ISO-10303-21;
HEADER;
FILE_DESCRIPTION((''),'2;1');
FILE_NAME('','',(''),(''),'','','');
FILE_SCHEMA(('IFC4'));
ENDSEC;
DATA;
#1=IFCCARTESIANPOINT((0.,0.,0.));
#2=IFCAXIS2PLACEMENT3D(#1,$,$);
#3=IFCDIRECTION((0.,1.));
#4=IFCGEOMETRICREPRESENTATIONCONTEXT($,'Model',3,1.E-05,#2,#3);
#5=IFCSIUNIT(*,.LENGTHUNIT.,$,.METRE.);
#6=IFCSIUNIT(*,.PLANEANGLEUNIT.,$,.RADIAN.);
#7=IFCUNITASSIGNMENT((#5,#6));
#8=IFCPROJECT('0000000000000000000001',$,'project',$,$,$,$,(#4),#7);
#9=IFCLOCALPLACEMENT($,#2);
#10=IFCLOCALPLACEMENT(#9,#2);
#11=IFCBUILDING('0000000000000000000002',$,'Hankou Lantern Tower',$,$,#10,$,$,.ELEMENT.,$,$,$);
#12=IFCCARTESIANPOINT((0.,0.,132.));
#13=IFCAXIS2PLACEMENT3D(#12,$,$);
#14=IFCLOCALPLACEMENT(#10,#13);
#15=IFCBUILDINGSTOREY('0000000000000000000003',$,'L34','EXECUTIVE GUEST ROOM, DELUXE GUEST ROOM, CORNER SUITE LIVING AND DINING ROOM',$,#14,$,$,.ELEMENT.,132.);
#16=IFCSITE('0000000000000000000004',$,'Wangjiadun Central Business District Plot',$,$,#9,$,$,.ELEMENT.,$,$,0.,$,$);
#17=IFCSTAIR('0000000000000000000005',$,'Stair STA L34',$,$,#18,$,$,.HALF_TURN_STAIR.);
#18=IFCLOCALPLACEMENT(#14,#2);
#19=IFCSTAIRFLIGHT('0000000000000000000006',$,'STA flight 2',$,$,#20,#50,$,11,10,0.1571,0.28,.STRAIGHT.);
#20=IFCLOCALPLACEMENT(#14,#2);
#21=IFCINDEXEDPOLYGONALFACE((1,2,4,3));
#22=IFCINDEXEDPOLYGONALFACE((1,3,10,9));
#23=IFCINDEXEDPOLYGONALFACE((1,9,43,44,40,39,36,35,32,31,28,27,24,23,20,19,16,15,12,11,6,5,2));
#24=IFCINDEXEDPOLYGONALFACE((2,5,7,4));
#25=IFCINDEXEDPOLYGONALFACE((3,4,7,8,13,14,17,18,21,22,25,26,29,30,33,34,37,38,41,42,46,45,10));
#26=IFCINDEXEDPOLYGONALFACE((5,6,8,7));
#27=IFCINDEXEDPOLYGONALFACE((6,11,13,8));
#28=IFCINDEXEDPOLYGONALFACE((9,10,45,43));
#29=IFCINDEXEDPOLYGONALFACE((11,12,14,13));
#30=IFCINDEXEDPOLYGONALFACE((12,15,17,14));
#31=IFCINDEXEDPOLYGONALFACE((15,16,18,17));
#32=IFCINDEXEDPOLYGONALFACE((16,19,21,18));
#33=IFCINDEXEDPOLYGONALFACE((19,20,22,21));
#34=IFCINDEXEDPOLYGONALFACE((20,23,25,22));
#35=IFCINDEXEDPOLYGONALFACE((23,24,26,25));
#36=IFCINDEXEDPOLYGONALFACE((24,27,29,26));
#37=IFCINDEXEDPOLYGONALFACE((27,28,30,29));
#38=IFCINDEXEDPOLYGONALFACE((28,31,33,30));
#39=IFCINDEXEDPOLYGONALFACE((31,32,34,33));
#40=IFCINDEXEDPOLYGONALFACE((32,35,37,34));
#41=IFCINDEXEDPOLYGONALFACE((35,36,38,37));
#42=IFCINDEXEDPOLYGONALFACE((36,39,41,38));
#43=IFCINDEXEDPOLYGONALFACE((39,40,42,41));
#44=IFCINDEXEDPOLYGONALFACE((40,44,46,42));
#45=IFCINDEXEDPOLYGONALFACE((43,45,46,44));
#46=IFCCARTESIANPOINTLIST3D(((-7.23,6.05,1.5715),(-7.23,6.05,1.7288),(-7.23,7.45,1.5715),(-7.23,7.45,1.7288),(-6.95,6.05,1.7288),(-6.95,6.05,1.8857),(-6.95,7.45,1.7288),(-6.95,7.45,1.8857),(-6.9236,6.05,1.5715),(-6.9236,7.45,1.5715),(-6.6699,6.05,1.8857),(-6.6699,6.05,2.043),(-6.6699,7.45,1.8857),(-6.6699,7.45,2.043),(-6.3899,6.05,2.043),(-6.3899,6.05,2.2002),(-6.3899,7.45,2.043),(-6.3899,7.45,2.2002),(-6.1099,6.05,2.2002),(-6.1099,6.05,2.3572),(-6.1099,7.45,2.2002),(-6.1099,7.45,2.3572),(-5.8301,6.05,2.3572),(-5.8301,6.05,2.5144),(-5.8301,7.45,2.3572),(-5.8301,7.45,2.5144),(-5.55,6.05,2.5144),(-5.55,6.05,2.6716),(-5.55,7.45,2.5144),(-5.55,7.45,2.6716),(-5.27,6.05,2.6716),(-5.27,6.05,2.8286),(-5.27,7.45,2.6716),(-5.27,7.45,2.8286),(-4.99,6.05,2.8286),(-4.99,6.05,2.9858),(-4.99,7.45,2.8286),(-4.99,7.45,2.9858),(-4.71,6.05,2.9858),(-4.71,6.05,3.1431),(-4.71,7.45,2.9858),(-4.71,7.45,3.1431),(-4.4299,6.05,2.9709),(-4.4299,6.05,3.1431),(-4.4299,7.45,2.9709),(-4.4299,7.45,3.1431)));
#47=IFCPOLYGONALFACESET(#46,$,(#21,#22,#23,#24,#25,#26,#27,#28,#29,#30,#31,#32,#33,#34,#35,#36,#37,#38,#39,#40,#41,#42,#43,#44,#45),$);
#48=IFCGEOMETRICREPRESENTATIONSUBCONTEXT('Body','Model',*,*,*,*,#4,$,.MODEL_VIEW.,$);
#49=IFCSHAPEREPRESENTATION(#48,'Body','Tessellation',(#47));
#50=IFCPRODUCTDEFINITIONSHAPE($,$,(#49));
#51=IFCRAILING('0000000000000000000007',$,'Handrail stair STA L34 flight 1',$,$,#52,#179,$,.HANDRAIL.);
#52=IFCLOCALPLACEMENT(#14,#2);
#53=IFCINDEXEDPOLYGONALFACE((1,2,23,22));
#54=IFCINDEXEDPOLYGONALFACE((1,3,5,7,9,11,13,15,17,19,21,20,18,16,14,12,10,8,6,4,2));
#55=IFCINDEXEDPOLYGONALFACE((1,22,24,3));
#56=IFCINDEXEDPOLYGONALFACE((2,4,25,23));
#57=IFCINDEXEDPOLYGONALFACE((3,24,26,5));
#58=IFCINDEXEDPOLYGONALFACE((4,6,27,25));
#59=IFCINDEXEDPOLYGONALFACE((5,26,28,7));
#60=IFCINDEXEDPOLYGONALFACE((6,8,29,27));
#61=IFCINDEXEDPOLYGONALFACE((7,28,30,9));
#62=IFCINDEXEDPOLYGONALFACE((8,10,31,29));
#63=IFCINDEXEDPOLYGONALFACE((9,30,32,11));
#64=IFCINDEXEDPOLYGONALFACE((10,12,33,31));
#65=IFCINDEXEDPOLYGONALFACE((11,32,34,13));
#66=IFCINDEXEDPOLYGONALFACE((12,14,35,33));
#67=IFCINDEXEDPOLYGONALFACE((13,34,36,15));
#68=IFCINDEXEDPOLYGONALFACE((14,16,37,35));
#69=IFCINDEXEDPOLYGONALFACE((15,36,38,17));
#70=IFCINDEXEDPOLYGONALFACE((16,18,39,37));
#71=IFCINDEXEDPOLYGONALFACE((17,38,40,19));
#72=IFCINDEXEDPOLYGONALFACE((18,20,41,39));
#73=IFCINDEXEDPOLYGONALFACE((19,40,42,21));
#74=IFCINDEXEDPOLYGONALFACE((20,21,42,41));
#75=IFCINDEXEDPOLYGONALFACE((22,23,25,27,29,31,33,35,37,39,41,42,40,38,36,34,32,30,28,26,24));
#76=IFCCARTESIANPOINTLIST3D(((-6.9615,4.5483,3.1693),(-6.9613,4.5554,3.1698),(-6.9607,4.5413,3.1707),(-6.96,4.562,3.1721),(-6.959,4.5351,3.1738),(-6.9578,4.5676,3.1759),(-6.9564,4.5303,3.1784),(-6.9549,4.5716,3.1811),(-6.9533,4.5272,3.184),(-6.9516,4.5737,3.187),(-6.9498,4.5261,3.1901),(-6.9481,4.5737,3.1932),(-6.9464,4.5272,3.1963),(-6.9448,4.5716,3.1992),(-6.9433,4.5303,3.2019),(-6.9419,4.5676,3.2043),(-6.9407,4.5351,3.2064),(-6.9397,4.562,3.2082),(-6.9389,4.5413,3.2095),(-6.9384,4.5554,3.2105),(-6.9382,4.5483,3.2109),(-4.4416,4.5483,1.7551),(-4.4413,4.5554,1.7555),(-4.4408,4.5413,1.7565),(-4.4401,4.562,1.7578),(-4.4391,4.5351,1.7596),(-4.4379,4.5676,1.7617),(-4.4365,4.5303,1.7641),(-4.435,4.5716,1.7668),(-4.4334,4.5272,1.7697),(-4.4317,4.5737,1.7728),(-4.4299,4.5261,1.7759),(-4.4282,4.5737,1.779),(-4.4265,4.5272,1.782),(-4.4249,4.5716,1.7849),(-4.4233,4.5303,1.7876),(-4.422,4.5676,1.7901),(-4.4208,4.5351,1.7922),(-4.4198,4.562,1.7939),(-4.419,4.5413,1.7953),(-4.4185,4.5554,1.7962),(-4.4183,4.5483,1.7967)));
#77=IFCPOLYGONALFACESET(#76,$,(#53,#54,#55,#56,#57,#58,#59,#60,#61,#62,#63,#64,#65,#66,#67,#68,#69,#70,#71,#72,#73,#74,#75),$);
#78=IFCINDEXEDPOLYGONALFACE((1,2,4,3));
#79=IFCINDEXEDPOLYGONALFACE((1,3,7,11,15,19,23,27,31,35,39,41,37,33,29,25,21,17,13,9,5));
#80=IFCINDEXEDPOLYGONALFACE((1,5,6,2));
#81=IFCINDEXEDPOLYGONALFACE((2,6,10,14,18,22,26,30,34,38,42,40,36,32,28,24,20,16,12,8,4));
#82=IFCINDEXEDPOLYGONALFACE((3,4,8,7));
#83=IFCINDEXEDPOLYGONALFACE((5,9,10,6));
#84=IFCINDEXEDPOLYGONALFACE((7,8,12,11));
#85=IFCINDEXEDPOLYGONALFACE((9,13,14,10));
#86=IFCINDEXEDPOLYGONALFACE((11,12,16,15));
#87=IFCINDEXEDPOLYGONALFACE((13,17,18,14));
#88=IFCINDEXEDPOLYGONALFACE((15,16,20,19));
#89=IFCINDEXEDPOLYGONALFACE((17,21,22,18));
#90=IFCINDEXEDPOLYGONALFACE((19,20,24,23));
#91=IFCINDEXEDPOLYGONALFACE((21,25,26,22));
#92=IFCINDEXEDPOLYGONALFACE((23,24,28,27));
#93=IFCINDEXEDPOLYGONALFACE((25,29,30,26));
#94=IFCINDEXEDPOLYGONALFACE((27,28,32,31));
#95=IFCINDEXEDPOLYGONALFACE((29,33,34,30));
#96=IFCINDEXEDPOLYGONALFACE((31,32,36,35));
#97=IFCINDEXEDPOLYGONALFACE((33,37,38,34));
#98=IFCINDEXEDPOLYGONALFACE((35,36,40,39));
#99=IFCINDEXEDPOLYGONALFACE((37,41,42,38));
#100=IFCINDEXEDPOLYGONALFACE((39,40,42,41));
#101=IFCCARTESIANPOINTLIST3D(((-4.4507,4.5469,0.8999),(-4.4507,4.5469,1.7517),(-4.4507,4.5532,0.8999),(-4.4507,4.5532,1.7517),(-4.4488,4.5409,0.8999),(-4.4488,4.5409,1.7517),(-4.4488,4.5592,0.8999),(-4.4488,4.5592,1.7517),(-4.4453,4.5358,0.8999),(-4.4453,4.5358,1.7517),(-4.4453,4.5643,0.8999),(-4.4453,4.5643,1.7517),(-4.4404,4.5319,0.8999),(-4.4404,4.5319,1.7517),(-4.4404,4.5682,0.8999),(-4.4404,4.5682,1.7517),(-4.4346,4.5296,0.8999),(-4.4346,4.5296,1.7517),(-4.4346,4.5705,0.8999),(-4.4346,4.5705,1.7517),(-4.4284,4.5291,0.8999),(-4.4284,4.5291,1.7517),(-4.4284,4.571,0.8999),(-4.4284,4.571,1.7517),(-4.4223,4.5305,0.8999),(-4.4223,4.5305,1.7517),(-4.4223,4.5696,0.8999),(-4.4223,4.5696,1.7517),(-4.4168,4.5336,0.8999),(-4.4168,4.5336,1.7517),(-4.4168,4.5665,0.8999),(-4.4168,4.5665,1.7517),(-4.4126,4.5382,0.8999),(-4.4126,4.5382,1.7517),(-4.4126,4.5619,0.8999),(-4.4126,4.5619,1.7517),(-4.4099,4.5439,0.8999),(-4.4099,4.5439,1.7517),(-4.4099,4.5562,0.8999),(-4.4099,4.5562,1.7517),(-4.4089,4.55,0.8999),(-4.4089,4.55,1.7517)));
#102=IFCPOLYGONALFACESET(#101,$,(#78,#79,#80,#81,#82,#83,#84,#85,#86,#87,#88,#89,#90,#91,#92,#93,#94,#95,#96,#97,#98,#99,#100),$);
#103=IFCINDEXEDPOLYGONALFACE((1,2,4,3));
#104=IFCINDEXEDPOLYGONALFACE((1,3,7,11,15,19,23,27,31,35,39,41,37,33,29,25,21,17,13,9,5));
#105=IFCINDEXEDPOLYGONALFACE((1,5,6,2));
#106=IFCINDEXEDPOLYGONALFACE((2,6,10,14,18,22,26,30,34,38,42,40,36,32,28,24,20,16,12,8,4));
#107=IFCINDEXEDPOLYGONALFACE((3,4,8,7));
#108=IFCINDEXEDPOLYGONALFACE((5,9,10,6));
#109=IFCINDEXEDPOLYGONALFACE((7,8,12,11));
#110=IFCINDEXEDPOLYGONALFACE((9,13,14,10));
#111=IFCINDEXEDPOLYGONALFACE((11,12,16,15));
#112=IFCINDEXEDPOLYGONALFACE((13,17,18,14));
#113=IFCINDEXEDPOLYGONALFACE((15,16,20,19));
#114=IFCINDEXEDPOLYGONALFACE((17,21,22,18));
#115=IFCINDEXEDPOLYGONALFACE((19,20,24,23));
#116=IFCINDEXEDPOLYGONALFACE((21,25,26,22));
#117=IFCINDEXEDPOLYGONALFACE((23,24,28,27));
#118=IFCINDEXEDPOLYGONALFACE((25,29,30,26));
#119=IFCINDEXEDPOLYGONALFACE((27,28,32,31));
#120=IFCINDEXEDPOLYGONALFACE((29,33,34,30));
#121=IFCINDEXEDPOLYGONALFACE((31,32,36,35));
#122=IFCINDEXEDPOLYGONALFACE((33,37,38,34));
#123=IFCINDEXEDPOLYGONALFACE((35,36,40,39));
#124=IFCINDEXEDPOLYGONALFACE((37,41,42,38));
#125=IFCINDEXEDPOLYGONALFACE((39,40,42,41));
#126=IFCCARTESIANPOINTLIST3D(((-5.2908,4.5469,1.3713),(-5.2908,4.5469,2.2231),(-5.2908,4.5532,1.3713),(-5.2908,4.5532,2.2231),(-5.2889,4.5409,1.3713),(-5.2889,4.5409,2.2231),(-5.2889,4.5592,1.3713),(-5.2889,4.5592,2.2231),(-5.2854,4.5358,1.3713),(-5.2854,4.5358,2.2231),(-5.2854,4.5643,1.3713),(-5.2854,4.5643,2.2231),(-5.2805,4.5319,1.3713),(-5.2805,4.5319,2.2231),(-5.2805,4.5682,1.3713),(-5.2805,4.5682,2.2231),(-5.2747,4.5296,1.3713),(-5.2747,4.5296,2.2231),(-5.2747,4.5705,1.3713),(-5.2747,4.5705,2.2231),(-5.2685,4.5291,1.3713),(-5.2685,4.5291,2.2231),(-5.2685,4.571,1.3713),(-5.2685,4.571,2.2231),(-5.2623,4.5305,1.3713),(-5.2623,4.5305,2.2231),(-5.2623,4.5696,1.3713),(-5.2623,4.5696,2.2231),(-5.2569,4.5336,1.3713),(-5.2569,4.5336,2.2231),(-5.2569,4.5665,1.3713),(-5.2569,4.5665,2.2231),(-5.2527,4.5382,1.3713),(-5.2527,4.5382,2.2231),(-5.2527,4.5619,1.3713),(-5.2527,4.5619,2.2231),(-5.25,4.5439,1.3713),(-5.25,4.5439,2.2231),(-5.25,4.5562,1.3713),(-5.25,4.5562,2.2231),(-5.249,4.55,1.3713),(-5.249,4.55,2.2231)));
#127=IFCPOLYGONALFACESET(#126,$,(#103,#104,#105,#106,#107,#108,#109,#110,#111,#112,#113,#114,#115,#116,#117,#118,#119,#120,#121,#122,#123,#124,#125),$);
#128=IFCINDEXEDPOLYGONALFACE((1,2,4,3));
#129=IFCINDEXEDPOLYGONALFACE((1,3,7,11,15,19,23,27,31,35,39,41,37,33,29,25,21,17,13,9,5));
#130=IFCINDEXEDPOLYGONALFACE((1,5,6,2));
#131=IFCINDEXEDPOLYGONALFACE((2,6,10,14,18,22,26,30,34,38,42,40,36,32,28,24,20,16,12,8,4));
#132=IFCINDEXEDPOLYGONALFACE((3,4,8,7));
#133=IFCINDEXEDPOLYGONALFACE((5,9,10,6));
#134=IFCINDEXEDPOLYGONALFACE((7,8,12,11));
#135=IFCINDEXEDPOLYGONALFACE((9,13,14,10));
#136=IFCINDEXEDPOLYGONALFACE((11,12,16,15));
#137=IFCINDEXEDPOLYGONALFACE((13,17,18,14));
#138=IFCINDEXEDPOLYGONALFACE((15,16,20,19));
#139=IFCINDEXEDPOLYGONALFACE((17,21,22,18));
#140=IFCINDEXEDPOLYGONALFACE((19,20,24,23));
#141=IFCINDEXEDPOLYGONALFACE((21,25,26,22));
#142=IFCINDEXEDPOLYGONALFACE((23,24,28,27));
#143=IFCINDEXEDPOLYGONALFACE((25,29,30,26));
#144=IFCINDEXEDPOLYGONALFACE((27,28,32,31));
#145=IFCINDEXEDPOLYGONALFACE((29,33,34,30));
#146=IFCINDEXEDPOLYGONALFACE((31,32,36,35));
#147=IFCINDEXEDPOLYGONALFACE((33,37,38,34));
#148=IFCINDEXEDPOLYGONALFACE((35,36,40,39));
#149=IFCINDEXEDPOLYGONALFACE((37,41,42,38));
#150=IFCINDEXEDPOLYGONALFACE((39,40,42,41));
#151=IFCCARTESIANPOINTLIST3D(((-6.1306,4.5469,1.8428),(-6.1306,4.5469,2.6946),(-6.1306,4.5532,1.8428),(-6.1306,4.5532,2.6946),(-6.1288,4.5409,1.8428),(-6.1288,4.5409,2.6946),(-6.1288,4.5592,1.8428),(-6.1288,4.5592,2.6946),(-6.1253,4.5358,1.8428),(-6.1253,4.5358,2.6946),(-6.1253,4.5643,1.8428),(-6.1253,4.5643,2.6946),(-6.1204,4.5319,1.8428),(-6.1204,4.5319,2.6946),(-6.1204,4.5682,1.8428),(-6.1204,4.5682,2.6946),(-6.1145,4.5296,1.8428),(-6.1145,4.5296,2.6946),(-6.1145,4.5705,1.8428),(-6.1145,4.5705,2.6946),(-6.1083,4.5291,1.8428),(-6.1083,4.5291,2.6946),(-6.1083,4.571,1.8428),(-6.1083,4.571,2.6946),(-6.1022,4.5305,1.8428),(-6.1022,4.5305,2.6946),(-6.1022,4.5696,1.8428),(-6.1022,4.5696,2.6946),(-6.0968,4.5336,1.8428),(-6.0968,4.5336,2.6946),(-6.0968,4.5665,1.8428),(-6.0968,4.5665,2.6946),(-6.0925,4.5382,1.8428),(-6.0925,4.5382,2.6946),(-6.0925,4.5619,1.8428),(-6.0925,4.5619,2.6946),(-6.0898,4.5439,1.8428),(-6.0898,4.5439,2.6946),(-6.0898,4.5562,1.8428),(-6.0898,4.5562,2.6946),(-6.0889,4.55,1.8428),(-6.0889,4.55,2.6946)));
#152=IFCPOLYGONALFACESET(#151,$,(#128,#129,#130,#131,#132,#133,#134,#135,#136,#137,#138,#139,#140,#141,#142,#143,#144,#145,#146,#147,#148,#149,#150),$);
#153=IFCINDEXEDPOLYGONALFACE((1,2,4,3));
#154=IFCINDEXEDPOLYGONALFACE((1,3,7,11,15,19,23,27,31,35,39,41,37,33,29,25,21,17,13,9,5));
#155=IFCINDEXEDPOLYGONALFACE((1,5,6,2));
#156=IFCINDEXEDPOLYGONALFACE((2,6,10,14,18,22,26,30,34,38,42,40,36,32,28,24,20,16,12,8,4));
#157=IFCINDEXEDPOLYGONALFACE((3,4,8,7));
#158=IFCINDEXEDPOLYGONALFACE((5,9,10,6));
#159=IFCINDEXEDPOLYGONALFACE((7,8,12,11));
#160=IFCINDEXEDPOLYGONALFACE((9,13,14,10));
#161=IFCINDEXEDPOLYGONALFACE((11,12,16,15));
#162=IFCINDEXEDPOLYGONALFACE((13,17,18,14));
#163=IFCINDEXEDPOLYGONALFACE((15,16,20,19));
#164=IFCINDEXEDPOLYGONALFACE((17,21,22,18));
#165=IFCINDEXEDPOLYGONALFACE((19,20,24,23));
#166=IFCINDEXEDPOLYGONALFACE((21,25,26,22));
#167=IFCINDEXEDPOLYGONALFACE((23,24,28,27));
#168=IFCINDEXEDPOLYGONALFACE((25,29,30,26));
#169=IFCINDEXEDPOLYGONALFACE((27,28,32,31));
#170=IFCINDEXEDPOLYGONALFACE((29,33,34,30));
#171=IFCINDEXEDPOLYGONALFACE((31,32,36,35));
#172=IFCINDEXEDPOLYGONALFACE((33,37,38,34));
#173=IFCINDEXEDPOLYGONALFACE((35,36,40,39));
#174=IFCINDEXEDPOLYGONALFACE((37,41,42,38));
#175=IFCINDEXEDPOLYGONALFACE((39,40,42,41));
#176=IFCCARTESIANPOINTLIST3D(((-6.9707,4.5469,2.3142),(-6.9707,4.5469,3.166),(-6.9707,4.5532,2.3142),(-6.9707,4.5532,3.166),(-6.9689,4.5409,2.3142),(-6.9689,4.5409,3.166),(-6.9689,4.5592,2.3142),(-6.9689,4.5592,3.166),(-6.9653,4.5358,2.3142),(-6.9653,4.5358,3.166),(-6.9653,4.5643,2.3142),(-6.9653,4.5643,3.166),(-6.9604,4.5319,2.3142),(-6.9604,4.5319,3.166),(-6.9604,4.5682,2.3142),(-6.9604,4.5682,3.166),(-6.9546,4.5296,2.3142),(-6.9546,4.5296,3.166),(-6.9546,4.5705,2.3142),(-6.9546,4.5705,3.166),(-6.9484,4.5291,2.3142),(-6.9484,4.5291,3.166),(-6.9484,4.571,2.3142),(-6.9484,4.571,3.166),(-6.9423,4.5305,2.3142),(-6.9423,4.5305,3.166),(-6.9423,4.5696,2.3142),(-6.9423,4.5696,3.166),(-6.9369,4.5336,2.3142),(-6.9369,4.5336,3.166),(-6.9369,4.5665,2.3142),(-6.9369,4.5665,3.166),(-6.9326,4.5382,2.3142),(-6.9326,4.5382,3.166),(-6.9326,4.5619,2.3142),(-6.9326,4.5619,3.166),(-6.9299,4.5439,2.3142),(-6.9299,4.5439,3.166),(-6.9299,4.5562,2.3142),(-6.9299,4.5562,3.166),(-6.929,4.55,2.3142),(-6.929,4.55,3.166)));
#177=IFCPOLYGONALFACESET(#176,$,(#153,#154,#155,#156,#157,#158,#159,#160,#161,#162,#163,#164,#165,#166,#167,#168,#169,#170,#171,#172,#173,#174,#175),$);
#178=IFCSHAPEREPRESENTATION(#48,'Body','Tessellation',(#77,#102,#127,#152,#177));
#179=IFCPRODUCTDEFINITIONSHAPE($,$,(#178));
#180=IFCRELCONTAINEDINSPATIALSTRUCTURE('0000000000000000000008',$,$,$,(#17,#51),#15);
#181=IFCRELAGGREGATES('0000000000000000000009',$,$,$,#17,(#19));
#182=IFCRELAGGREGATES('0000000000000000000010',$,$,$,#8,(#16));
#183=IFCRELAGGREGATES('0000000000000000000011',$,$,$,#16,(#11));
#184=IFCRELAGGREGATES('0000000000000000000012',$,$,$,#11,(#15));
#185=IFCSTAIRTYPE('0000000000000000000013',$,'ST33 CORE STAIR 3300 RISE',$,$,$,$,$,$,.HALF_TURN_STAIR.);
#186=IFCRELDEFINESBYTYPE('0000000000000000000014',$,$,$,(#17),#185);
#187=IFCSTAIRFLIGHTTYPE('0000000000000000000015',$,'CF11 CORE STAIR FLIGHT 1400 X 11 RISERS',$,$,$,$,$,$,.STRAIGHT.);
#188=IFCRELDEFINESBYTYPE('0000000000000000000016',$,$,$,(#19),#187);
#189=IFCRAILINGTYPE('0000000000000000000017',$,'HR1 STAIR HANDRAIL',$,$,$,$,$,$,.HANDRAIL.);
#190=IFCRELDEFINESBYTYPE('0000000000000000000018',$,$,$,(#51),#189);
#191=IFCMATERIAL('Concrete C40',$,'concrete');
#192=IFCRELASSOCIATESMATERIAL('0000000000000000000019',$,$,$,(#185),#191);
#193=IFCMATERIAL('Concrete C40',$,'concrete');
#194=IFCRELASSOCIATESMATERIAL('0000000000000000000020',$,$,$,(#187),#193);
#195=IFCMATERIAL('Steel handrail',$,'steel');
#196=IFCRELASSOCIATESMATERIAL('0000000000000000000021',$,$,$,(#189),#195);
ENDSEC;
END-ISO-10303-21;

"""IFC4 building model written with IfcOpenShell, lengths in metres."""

from ifc_helpers import new_model, si_unit, direction, frame, origin, origin_2d, place, context, subcontext, project, spatial, polyline, circle, outline, extrude, material, type_object, element, aggregate, save


model = new_model("IFC4")

# Units and contexts
model_context = context("Model", 3, precision=1e-05, world=origin(), true_north=direction((0.0, 1.0)))
body_context = subcontext(model_context, "Body", "Model", "MODEL_VIEW")
ifc_project = project(units=[si_unit("LENGTHUNIT", "METRE"), si_unit("PLANEANGLEUNIT", "RADIAN")], contexts=[model_context])

# Site, building, storey
site_placement = place(None, origin())
site = spatial("IfcSite", under=ifc_project, at=site_placement, Name="Wangjiadun Central Business District Plot", CompositionType="ELEMENT", RefElevation=0.0)
building_placement = place(site_placement, origin())
building = spatial("IfcBuilding", under=site, at=building_placement, Name="Hankou Lantern Tower", CompositionType="ELEMENT")
storey_placement = place(building_placement, frame((0.0, 0.0, 132.0)))
storey = spatial("IfcBuildingStorey", under=building, at=storey_placement, Name="L34", Description="EXECUTIVE GUEST ROOM, DELUXE GUEST ROOM, CORNER SUITE LIVING AND DINING ROOM", CompositionType="ELEMENT", Elevation=132.0)

# Stair, stair flight
ifc_material_1 = material(Name="Concrete C40", Category="concrete")
stair_type = type_object("IfcStairType", Name="ST33 CORE STAIR 3300 RISE", PredefinedType="HALF_TURN_STAIR", material=ifc_material_1)
stair_placement = place(storey_placement, origin())
stair = element("IfcStair", 1, at=stair_placement, inside=storey, type_object=stair_type, Name="Stair STA L34", PredefinedType="HALF_TURN_STAIR")
ifc_material_2 = material(Name="Concrete C40", Category="concrete")
stair_flight_type_1 = type_object("IfcStairFlightType", Name="CF11 CORE STAIR FLIGHT 1400 X 11 RISERS", PredefinedType="STRAIGHT", material=ifc_material_2)
stair_flight_1_placement = place(storey_placement, frame((-7.23, 6.75, 1.5715), z_axis=(0.0, 0.0, 1.0), x_axis=(1.0, 0.0, 0.0)))
stair_flight_1 = element("IfcStairFlight", 2, at=stair_flight_1_placement, type_object=stair_flight_type_1, Name="STA flight 2", NumberOfRisers=11, NumberOfTreads=10, PredefinedType="STRAIGHT", RiserHeight=0.1571, TreadLength=0.28, context=body_context, shape_type="SweptSolid", body=[
    extrude(outline(polyline([(0.0, 0.0), (0.0, 0.1572), (0.28, 0.1572), (0.28, 0.3142), (0.5601, 0.3142), (0.5601, 0.4714), (0.8401, 0.4714), (0.8401, 0.6287), (1.1201, 0.6287), (1.1201, 0.7856), (1.3999, 0.7856), (1.3999, 0.9429), (1.6799, 0.9429), (1.6799, 1.1001), (1.96, 1.1001), (1.96, 1.2571), (2.24, 1.2571), (2.24, 1.4143), (2.52, 1.4143), (2.52, 1.5715), (2.8, 1.5715), (2.8, 1.7285), (2.8, 1.3994), (0.3064, 0.0), (0.0, 0.0)])), frame((0.0, 0.7, 0.0), z_axis=(0.0, -1.0, 0.0), x_axis=(1.0, 0.0, 0.0)), (0.0, 0.0, 1.0), 1.3999),
])
aggregate(stair, [stair_flight_1])

# Railing
ifc_material_3 = material(Name="Steel handrail", Category="steel")
railing_type = type_object("IfcRailingType", Name="HR1 STAIR HANDRAIL", PredefinedType="HANDRAIL", material=ifc_material_3)
railing_1_placement = place(storey_placement, frame((-4.4299, 4.55, 0.8999)))
element("IfcRailing", 3, at=railing_1_placement, inside=storey, type_object=railing_type, Name="Handrail stair STA L34 flight 1", PredefinedType="HANDRAIL", context=body_context, shape_type="SweptSolid", body=[
    extrude(circle(Radius=0.0239, at=origin_2d()), frame((0.0, 0.0, 0.876), z_axis=(-0.872049, 0.0, 0.489419), x_axis=(0.0, -1.0, 0.0)), (0.0, 0.0, 1.0), 2.8896),
    extrude(circle(Radius=0.021, at=origin_2d()), origin(), (0.0, 0.0, 1.0), 0.8518),
    extrude(circle(Radius=0.021, at=origin_2d()), frame((-0.8401, 0.0, 0.4714)), (0.0, 0.0, 1.0), 0.8518),
    extrude(circle(Radius=0.021, at=origin_2d()), frame((-1.6799, 0.0, 0.9429)), (0.0, 0.0, 1.0), 0.8518),
    extrude(circle(Radius=0.021, at=origin_2d()), frame((-2.52, 0.0, 1.4143)), (0.0, 0.0, 1.0), 0.8518),
])

save(model, "model.ifc")
